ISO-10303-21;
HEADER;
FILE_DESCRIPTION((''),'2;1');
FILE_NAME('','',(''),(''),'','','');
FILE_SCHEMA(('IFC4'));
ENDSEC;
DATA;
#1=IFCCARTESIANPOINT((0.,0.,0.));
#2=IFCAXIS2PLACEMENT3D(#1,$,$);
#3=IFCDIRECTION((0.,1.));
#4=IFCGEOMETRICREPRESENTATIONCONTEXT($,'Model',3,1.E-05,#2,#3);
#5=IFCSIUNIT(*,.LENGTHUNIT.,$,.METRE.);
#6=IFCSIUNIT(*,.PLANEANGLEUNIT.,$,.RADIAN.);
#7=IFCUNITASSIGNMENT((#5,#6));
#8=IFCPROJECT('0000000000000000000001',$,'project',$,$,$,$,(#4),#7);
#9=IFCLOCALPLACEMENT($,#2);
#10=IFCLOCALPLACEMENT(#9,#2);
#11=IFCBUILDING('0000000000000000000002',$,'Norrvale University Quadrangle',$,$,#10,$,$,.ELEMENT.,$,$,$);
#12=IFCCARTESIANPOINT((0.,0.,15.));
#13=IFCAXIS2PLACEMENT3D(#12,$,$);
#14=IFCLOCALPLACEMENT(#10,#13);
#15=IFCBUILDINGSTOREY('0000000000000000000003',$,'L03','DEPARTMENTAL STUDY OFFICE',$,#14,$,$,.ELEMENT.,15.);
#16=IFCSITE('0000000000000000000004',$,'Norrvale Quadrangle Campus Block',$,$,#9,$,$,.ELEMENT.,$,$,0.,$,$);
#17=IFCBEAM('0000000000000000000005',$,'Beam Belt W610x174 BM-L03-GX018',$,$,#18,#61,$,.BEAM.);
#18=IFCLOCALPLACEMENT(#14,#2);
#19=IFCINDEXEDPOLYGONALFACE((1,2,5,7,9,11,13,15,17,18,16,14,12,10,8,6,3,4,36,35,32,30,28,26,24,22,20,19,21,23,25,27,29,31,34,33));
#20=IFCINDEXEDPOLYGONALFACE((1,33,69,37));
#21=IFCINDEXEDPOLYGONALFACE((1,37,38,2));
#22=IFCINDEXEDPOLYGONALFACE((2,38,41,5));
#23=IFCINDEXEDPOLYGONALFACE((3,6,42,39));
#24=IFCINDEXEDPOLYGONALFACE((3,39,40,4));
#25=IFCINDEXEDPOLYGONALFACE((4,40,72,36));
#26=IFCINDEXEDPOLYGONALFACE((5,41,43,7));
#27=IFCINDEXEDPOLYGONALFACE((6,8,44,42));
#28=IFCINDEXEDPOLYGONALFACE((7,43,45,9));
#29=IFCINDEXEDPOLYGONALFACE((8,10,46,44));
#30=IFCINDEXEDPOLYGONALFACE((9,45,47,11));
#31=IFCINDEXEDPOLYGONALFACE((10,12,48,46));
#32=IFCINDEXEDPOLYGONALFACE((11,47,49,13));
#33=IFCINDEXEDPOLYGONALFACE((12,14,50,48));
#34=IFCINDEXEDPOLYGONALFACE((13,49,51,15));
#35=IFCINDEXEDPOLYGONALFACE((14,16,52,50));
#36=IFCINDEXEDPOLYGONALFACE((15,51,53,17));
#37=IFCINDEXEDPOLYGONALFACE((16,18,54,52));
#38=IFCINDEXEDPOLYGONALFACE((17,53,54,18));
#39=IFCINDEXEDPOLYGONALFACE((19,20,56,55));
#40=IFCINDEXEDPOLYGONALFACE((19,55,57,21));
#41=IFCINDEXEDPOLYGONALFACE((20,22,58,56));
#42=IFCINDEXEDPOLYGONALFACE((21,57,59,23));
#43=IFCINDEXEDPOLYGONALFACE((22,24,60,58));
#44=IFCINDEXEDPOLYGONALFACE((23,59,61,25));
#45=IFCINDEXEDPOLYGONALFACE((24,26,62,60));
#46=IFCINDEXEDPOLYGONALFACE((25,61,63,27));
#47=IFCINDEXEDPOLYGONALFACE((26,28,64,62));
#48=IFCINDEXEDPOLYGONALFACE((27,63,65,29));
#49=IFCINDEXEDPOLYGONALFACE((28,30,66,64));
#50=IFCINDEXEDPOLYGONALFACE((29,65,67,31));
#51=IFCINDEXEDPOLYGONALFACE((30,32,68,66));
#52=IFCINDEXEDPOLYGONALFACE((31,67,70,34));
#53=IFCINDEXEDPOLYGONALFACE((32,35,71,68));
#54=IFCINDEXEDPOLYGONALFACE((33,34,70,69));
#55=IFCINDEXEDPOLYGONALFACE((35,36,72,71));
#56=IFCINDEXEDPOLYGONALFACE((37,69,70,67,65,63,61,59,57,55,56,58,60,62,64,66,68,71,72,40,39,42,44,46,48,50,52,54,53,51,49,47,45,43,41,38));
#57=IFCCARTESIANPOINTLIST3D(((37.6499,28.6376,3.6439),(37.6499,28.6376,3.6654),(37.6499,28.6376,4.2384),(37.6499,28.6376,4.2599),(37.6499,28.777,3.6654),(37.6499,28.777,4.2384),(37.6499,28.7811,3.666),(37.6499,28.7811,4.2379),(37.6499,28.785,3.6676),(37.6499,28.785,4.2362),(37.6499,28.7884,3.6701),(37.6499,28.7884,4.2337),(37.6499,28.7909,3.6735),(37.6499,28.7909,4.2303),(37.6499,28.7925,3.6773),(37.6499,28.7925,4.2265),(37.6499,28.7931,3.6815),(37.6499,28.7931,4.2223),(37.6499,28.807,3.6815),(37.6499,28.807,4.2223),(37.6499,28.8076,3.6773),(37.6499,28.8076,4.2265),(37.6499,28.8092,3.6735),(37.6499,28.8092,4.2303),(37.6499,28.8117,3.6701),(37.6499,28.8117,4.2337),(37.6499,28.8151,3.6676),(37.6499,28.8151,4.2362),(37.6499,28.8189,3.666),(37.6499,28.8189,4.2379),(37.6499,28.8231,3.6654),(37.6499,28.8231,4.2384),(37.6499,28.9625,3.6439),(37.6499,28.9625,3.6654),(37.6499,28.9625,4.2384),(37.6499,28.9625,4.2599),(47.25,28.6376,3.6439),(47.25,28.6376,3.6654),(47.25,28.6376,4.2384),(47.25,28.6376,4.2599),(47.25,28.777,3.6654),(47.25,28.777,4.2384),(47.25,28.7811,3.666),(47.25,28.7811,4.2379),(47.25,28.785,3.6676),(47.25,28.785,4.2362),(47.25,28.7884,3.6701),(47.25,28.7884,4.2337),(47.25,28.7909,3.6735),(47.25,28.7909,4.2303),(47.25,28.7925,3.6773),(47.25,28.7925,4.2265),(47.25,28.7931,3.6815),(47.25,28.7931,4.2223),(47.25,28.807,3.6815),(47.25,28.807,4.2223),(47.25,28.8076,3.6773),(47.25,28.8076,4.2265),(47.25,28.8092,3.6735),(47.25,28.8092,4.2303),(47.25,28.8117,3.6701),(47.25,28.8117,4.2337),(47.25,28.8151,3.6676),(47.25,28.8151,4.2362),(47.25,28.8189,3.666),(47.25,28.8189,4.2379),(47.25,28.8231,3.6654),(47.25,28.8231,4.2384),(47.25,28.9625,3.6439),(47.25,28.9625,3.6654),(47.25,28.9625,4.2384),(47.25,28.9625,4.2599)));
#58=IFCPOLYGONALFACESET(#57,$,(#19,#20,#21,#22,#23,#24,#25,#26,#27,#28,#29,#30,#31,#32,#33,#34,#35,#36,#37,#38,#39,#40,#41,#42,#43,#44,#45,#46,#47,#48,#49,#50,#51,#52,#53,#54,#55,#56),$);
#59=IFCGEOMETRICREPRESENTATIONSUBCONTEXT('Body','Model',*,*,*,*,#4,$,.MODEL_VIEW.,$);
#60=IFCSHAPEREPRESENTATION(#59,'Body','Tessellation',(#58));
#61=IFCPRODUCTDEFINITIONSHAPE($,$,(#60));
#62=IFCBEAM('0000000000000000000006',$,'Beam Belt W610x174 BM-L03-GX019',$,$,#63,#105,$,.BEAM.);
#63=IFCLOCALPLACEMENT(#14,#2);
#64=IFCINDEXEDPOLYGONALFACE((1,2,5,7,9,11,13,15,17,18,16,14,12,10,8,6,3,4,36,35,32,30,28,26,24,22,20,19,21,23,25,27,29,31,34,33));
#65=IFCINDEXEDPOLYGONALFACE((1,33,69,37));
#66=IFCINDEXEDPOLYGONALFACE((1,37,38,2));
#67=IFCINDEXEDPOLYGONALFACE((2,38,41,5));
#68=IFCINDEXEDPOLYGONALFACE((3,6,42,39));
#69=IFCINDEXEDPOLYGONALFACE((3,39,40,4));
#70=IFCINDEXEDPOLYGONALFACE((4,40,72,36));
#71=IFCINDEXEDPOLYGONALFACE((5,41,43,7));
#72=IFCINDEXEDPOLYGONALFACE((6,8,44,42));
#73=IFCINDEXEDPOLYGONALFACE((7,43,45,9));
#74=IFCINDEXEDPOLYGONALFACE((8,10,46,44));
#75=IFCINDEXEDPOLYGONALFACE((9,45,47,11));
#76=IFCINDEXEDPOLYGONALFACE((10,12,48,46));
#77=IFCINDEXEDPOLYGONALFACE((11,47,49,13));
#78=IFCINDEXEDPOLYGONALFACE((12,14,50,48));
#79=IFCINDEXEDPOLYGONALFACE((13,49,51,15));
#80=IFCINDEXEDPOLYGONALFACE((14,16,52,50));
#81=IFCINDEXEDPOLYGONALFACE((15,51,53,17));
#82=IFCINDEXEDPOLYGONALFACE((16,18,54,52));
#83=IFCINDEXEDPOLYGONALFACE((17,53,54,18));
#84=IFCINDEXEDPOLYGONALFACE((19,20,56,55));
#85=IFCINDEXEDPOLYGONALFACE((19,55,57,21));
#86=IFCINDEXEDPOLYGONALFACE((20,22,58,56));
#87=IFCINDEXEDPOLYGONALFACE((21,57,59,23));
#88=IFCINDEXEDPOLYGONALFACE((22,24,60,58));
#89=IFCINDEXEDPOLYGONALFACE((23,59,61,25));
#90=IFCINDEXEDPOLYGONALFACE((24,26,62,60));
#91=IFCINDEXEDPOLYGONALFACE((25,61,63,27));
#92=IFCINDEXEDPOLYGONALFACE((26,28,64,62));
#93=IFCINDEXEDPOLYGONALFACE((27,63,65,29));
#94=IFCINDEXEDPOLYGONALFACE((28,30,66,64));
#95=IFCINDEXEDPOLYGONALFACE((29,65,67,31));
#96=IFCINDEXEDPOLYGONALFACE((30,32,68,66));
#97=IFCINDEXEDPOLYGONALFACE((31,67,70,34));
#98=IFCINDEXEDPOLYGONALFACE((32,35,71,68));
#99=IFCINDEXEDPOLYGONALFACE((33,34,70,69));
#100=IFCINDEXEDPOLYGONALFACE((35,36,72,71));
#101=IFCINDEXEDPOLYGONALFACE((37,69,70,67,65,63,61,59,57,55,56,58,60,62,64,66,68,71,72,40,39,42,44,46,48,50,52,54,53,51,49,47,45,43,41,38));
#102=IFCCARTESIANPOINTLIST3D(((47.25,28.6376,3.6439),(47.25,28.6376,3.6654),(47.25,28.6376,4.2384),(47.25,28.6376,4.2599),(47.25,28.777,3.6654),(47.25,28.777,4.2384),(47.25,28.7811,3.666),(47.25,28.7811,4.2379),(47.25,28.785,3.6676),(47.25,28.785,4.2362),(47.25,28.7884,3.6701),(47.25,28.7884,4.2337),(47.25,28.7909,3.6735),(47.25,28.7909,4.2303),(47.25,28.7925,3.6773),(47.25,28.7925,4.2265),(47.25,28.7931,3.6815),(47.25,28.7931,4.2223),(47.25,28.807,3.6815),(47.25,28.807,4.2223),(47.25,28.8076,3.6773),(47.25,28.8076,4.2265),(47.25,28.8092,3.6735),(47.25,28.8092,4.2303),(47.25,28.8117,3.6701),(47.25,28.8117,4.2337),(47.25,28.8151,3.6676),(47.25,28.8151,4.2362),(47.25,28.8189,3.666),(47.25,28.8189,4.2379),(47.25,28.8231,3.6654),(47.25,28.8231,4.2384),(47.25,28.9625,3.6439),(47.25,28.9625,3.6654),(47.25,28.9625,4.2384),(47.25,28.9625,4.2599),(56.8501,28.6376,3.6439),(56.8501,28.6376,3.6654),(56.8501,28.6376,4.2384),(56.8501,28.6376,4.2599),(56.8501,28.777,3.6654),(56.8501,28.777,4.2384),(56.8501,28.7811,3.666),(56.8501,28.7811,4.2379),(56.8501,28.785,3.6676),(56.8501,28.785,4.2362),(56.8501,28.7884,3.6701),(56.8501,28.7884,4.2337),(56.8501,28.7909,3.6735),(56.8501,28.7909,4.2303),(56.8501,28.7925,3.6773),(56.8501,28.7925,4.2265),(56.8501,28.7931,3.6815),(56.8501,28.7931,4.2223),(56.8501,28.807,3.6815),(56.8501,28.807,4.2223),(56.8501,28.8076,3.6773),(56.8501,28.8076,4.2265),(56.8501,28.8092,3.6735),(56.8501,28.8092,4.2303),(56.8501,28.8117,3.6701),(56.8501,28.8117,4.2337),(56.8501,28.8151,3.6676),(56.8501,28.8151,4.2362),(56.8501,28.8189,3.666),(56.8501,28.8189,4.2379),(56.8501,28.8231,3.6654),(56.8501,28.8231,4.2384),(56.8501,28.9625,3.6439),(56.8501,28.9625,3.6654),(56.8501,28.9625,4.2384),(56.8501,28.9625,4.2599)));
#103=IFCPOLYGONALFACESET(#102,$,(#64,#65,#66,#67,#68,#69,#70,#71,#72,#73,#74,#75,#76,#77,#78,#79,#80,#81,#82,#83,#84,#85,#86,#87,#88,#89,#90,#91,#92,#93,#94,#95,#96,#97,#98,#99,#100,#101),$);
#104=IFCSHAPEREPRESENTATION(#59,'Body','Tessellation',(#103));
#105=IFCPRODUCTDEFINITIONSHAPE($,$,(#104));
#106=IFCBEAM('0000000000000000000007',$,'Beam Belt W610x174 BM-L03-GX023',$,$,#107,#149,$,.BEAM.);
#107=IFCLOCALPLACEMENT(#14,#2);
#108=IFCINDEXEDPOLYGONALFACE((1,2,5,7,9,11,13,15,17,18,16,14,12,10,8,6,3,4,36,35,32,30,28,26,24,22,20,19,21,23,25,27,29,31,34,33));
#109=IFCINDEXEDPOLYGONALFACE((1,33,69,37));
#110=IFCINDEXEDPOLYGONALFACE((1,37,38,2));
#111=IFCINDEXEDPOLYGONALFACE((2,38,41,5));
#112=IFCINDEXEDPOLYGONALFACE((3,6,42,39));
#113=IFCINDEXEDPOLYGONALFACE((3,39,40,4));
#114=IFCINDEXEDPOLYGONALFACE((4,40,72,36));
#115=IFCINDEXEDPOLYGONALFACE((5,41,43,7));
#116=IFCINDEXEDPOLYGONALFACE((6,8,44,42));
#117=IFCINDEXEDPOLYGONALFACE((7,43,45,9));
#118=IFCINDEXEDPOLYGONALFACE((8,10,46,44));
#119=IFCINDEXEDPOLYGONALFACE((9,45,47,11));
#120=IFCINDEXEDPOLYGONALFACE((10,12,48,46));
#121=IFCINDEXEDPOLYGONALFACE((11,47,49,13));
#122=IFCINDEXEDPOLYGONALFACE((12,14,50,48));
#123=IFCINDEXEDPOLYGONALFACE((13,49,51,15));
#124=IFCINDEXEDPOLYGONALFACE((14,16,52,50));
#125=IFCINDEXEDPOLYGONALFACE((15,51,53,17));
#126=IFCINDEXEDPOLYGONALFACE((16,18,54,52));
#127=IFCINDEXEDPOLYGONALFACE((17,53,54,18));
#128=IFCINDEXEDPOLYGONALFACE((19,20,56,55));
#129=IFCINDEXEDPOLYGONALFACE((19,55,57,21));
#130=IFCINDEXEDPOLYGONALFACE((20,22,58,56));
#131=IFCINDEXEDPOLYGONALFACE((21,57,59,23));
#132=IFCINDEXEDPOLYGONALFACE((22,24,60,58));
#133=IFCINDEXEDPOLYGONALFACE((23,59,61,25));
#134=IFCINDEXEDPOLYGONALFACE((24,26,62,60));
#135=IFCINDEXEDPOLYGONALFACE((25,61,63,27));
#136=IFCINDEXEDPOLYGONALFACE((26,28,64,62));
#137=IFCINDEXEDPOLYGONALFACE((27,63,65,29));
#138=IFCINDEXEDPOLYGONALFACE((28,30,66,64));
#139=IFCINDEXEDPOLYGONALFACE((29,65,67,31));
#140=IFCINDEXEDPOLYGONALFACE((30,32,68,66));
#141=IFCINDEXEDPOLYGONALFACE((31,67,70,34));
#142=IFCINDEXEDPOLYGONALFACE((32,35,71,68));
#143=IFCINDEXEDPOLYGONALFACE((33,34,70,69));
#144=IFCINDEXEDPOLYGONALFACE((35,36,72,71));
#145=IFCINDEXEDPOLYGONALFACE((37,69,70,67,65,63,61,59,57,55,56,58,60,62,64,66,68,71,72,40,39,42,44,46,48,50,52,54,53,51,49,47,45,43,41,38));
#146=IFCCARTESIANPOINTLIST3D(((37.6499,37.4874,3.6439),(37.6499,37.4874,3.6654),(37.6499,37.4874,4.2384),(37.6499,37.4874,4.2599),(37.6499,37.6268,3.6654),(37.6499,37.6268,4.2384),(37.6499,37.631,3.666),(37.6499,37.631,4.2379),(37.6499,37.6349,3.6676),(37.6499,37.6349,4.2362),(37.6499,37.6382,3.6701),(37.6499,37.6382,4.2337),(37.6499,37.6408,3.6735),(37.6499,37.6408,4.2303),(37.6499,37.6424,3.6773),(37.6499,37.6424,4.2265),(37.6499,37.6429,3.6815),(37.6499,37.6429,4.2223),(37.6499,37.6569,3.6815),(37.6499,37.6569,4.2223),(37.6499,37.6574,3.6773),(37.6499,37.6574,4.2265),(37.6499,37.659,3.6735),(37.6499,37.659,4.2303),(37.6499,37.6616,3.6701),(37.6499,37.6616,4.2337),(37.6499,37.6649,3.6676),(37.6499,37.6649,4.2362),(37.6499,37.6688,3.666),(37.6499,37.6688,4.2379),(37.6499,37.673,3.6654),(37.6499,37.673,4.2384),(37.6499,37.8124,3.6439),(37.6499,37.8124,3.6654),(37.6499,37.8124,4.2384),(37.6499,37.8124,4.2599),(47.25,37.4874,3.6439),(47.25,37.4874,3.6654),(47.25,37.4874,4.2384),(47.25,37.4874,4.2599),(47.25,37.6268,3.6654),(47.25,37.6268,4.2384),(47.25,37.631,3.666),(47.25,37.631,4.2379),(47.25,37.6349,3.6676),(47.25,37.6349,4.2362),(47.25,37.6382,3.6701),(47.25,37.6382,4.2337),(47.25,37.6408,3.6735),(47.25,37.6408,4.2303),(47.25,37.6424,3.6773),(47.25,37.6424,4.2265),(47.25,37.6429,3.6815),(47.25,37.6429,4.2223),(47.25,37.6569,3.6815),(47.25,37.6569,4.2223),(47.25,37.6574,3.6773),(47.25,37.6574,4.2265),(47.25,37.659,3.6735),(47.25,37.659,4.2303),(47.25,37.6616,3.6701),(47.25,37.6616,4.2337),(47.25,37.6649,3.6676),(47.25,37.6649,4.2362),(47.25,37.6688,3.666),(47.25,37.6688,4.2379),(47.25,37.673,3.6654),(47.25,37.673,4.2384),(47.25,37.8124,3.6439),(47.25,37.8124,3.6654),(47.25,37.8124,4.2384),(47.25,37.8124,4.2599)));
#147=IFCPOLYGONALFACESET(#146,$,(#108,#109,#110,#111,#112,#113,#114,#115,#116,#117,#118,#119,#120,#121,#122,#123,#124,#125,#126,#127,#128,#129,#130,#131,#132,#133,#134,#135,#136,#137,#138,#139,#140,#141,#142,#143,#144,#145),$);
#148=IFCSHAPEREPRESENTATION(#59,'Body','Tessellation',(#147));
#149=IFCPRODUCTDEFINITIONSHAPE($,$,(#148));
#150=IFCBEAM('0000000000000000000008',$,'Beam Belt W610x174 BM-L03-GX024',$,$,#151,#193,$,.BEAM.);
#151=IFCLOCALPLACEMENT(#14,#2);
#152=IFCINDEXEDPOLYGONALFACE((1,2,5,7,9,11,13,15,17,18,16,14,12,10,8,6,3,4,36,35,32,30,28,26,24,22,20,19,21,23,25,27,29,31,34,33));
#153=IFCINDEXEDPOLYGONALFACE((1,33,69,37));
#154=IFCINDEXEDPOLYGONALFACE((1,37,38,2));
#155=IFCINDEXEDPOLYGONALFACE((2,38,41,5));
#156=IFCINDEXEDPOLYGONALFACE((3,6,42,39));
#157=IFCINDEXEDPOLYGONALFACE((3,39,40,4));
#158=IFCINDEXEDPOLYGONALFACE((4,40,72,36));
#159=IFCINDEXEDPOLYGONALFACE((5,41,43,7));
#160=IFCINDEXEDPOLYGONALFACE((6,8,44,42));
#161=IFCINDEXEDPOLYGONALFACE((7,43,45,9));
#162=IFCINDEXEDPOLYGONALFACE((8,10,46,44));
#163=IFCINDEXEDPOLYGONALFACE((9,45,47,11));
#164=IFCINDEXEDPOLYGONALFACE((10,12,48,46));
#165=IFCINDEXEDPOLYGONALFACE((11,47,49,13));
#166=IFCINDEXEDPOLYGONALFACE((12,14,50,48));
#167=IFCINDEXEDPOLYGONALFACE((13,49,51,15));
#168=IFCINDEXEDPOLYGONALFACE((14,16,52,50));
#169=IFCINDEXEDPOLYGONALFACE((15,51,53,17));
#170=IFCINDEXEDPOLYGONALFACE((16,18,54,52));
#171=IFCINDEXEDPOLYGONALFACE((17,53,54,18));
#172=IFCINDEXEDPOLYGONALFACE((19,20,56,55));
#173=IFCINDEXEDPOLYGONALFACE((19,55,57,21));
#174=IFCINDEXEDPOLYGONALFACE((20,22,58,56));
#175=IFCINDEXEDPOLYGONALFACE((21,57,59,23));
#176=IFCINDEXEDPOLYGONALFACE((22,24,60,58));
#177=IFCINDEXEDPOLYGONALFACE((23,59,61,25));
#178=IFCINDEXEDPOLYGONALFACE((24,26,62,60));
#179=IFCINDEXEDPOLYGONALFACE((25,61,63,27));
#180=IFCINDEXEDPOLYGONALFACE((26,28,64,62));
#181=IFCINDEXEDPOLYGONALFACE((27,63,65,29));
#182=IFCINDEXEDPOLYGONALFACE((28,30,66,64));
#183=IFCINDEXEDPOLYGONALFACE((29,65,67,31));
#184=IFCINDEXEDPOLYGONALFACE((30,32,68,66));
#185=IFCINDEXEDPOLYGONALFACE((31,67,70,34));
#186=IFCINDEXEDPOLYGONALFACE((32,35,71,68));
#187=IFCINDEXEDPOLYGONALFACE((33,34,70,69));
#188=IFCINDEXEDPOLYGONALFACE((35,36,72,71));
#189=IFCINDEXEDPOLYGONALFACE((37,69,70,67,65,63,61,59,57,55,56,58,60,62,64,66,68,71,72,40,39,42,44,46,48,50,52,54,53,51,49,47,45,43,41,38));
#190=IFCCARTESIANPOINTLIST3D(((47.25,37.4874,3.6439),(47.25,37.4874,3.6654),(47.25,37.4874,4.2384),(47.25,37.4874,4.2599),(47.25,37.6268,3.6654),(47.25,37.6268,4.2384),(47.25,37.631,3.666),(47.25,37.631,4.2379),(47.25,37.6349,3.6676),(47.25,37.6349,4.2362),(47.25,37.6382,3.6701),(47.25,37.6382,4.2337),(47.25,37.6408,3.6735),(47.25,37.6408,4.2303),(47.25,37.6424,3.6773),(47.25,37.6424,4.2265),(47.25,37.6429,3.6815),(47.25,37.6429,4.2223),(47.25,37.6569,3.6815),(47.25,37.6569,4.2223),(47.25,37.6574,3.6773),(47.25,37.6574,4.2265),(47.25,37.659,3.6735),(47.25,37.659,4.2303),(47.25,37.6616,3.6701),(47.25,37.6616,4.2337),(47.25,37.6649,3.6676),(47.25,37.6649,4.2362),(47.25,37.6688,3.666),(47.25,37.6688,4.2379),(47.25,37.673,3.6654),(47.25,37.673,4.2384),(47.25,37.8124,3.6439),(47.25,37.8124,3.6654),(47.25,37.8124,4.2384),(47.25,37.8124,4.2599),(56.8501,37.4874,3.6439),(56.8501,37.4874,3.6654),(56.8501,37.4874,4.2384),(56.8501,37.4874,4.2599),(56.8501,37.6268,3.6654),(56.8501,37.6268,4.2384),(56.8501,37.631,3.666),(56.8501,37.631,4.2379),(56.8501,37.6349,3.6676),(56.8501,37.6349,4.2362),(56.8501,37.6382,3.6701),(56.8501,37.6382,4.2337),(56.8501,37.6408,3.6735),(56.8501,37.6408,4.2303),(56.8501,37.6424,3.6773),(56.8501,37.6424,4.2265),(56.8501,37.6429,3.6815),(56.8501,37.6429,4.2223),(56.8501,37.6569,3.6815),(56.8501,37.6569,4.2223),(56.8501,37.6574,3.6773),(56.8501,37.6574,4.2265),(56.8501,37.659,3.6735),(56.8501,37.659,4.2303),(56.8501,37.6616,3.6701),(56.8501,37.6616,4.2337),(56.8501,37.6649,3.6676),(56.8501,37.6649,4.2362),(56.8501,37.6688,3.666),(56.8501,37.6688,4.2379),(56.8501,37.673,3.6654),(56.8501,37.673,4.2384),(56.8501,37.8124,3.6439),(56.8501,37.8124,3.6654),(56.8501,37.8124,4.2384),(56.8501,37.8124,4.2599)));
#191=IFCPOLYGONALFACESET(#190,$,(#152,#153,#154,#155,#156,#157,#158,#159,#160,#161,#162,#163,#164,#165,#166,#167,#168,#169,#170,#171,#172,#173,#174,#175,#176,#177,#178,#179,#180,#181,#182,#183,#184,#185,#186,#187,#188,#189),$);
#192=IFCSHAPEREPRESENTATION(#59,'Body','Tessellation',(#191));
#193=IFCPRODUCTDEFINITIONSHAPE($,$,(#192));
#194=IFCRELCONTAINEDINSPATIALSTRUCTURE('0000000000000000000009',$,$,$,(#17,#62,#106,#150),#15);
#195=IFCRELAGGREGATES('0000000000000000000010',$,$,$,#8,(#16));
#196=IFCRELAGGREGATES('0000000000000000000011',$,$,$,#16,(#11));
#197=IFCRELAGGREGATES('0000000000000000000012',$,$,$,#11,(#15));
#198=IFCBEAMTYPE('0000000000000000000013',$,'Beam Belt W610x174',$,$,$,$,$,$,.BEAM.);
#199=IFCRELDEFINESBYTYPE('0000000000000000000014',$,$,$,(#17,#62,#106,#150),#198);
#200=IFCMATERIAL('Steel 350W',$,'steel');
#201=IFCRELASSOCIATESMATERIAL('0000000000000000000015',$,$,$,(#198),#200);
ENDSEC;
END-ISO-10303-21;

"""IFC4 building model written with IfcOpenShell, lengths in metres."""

from ifc_helpers import new_model, si_unit, direction, frame, origin, origin_2d, place, context, subcontext, project, spatial, i_section, extrude, material, material_profile, profile_set, type_object, element, save


model = new_model("IFC4")

# Units and contexts
model_context = context("Model", 3, precision=1e-05, world=origin(), true_north=direction((0.0, 1.0)))
body_context = subcontext(model_context, "Body", "Model", "MODEL_VIEW")
ifc_project = project(units=[si_unit("LENGTHUNIT", "METRE"), si_unit("PLANEANGLEUNIT", "RADIAN")], contexts=[model_context])

# Site, building, storey
site_placement = place(None, origin())
site = spatial("IfcSite", under=ifc_project, at=site_placement, Name="Norrvale Quadrangle Campus Block", CompositionType="ELEMENT", RefElevation=0.0)
building_placement = place(site_placement, origin())
building = spatial("IfcBuilding", under=site, at=building_placement, Name="Norrvale University Quadrangle", CompositionType="ELEMENT")
storey_placement = place(building_placement, frame((0.0, 0.0, 15.0)))
storey = spatial("IfcBuildingStorey", under=building, at=storey_placement, Name="L03", Description="DEPARTMENTAL STUDY OFFICE", CompositionType="ELEMENT", Elevation=15.0)

# Beams
ifc_material_1 = material(Name="Steel 350W", Category="steel")
ifc_material_profile_1 = material_profile(ifc_material_1, i_section(OverallWidth=0.325, OverallDepth=0.616, WebThickness=0.0139, FlangeThickness=0.0215, FilletRadius=0.0161, at=origin_2d()), Name="Steel 350W")
ifc_profile_set_1 = profile_set([ifc_material_profile_1], Name="Steel 350W")
beam_type_1 = type_object("IfcBeamType", Name="Beam Belt W610x174", PredefinedType="BEAM", material=ifc_profile_set_1)
for number, where, z_axis, x_axis, name in (
    (1, (37.6499, 28.8, 3.9519), (1.0, 0.0, 0.0), (0.0, 1.0, 0.0), "Beam Belt W610x174 BM-L03-GX018"),
    (2, (47.25, 28.8, 3.9519), (1.0, 0.0, 0.0), (0.0, 1.0, 0.0), "Beam Belt W610x174 BM-L03-GX019"),
    (3, (37.6499, 37.6499, 3.9519), (1.0, 0.0, 0.0), (0.0, 1.0, 0.0), "Beam Belt W610x174 BM-L03-GX023"),
    (4, (47.25, 37.6499, 3.9519), (1.0, 0.0, 0.0), (0.0, 1.0, 0.0), "Beam Belt W610x174 BM-L03-GX024"),
):
    element("IfcBeam", number, at=place(storey_placement, frame(where, z_axis=z_axis, x_axis=x_axis)), inside=storey, type_object=beam_type_1, Name=name, PredefinedType="BEAM", context=body_context, shape_type="SweptSolid", body=[
        extrude(i_section(OverallWidth=0.325, OverallDepth=0.616, WebThickness=0.0139, FlangeThickness=0.0215, FilletRadius=0.0161, at=origin_2d()), origin(), (0.0, 0.0, 1.0), 9.6001),
    ])

save(model, "model.ifc")
